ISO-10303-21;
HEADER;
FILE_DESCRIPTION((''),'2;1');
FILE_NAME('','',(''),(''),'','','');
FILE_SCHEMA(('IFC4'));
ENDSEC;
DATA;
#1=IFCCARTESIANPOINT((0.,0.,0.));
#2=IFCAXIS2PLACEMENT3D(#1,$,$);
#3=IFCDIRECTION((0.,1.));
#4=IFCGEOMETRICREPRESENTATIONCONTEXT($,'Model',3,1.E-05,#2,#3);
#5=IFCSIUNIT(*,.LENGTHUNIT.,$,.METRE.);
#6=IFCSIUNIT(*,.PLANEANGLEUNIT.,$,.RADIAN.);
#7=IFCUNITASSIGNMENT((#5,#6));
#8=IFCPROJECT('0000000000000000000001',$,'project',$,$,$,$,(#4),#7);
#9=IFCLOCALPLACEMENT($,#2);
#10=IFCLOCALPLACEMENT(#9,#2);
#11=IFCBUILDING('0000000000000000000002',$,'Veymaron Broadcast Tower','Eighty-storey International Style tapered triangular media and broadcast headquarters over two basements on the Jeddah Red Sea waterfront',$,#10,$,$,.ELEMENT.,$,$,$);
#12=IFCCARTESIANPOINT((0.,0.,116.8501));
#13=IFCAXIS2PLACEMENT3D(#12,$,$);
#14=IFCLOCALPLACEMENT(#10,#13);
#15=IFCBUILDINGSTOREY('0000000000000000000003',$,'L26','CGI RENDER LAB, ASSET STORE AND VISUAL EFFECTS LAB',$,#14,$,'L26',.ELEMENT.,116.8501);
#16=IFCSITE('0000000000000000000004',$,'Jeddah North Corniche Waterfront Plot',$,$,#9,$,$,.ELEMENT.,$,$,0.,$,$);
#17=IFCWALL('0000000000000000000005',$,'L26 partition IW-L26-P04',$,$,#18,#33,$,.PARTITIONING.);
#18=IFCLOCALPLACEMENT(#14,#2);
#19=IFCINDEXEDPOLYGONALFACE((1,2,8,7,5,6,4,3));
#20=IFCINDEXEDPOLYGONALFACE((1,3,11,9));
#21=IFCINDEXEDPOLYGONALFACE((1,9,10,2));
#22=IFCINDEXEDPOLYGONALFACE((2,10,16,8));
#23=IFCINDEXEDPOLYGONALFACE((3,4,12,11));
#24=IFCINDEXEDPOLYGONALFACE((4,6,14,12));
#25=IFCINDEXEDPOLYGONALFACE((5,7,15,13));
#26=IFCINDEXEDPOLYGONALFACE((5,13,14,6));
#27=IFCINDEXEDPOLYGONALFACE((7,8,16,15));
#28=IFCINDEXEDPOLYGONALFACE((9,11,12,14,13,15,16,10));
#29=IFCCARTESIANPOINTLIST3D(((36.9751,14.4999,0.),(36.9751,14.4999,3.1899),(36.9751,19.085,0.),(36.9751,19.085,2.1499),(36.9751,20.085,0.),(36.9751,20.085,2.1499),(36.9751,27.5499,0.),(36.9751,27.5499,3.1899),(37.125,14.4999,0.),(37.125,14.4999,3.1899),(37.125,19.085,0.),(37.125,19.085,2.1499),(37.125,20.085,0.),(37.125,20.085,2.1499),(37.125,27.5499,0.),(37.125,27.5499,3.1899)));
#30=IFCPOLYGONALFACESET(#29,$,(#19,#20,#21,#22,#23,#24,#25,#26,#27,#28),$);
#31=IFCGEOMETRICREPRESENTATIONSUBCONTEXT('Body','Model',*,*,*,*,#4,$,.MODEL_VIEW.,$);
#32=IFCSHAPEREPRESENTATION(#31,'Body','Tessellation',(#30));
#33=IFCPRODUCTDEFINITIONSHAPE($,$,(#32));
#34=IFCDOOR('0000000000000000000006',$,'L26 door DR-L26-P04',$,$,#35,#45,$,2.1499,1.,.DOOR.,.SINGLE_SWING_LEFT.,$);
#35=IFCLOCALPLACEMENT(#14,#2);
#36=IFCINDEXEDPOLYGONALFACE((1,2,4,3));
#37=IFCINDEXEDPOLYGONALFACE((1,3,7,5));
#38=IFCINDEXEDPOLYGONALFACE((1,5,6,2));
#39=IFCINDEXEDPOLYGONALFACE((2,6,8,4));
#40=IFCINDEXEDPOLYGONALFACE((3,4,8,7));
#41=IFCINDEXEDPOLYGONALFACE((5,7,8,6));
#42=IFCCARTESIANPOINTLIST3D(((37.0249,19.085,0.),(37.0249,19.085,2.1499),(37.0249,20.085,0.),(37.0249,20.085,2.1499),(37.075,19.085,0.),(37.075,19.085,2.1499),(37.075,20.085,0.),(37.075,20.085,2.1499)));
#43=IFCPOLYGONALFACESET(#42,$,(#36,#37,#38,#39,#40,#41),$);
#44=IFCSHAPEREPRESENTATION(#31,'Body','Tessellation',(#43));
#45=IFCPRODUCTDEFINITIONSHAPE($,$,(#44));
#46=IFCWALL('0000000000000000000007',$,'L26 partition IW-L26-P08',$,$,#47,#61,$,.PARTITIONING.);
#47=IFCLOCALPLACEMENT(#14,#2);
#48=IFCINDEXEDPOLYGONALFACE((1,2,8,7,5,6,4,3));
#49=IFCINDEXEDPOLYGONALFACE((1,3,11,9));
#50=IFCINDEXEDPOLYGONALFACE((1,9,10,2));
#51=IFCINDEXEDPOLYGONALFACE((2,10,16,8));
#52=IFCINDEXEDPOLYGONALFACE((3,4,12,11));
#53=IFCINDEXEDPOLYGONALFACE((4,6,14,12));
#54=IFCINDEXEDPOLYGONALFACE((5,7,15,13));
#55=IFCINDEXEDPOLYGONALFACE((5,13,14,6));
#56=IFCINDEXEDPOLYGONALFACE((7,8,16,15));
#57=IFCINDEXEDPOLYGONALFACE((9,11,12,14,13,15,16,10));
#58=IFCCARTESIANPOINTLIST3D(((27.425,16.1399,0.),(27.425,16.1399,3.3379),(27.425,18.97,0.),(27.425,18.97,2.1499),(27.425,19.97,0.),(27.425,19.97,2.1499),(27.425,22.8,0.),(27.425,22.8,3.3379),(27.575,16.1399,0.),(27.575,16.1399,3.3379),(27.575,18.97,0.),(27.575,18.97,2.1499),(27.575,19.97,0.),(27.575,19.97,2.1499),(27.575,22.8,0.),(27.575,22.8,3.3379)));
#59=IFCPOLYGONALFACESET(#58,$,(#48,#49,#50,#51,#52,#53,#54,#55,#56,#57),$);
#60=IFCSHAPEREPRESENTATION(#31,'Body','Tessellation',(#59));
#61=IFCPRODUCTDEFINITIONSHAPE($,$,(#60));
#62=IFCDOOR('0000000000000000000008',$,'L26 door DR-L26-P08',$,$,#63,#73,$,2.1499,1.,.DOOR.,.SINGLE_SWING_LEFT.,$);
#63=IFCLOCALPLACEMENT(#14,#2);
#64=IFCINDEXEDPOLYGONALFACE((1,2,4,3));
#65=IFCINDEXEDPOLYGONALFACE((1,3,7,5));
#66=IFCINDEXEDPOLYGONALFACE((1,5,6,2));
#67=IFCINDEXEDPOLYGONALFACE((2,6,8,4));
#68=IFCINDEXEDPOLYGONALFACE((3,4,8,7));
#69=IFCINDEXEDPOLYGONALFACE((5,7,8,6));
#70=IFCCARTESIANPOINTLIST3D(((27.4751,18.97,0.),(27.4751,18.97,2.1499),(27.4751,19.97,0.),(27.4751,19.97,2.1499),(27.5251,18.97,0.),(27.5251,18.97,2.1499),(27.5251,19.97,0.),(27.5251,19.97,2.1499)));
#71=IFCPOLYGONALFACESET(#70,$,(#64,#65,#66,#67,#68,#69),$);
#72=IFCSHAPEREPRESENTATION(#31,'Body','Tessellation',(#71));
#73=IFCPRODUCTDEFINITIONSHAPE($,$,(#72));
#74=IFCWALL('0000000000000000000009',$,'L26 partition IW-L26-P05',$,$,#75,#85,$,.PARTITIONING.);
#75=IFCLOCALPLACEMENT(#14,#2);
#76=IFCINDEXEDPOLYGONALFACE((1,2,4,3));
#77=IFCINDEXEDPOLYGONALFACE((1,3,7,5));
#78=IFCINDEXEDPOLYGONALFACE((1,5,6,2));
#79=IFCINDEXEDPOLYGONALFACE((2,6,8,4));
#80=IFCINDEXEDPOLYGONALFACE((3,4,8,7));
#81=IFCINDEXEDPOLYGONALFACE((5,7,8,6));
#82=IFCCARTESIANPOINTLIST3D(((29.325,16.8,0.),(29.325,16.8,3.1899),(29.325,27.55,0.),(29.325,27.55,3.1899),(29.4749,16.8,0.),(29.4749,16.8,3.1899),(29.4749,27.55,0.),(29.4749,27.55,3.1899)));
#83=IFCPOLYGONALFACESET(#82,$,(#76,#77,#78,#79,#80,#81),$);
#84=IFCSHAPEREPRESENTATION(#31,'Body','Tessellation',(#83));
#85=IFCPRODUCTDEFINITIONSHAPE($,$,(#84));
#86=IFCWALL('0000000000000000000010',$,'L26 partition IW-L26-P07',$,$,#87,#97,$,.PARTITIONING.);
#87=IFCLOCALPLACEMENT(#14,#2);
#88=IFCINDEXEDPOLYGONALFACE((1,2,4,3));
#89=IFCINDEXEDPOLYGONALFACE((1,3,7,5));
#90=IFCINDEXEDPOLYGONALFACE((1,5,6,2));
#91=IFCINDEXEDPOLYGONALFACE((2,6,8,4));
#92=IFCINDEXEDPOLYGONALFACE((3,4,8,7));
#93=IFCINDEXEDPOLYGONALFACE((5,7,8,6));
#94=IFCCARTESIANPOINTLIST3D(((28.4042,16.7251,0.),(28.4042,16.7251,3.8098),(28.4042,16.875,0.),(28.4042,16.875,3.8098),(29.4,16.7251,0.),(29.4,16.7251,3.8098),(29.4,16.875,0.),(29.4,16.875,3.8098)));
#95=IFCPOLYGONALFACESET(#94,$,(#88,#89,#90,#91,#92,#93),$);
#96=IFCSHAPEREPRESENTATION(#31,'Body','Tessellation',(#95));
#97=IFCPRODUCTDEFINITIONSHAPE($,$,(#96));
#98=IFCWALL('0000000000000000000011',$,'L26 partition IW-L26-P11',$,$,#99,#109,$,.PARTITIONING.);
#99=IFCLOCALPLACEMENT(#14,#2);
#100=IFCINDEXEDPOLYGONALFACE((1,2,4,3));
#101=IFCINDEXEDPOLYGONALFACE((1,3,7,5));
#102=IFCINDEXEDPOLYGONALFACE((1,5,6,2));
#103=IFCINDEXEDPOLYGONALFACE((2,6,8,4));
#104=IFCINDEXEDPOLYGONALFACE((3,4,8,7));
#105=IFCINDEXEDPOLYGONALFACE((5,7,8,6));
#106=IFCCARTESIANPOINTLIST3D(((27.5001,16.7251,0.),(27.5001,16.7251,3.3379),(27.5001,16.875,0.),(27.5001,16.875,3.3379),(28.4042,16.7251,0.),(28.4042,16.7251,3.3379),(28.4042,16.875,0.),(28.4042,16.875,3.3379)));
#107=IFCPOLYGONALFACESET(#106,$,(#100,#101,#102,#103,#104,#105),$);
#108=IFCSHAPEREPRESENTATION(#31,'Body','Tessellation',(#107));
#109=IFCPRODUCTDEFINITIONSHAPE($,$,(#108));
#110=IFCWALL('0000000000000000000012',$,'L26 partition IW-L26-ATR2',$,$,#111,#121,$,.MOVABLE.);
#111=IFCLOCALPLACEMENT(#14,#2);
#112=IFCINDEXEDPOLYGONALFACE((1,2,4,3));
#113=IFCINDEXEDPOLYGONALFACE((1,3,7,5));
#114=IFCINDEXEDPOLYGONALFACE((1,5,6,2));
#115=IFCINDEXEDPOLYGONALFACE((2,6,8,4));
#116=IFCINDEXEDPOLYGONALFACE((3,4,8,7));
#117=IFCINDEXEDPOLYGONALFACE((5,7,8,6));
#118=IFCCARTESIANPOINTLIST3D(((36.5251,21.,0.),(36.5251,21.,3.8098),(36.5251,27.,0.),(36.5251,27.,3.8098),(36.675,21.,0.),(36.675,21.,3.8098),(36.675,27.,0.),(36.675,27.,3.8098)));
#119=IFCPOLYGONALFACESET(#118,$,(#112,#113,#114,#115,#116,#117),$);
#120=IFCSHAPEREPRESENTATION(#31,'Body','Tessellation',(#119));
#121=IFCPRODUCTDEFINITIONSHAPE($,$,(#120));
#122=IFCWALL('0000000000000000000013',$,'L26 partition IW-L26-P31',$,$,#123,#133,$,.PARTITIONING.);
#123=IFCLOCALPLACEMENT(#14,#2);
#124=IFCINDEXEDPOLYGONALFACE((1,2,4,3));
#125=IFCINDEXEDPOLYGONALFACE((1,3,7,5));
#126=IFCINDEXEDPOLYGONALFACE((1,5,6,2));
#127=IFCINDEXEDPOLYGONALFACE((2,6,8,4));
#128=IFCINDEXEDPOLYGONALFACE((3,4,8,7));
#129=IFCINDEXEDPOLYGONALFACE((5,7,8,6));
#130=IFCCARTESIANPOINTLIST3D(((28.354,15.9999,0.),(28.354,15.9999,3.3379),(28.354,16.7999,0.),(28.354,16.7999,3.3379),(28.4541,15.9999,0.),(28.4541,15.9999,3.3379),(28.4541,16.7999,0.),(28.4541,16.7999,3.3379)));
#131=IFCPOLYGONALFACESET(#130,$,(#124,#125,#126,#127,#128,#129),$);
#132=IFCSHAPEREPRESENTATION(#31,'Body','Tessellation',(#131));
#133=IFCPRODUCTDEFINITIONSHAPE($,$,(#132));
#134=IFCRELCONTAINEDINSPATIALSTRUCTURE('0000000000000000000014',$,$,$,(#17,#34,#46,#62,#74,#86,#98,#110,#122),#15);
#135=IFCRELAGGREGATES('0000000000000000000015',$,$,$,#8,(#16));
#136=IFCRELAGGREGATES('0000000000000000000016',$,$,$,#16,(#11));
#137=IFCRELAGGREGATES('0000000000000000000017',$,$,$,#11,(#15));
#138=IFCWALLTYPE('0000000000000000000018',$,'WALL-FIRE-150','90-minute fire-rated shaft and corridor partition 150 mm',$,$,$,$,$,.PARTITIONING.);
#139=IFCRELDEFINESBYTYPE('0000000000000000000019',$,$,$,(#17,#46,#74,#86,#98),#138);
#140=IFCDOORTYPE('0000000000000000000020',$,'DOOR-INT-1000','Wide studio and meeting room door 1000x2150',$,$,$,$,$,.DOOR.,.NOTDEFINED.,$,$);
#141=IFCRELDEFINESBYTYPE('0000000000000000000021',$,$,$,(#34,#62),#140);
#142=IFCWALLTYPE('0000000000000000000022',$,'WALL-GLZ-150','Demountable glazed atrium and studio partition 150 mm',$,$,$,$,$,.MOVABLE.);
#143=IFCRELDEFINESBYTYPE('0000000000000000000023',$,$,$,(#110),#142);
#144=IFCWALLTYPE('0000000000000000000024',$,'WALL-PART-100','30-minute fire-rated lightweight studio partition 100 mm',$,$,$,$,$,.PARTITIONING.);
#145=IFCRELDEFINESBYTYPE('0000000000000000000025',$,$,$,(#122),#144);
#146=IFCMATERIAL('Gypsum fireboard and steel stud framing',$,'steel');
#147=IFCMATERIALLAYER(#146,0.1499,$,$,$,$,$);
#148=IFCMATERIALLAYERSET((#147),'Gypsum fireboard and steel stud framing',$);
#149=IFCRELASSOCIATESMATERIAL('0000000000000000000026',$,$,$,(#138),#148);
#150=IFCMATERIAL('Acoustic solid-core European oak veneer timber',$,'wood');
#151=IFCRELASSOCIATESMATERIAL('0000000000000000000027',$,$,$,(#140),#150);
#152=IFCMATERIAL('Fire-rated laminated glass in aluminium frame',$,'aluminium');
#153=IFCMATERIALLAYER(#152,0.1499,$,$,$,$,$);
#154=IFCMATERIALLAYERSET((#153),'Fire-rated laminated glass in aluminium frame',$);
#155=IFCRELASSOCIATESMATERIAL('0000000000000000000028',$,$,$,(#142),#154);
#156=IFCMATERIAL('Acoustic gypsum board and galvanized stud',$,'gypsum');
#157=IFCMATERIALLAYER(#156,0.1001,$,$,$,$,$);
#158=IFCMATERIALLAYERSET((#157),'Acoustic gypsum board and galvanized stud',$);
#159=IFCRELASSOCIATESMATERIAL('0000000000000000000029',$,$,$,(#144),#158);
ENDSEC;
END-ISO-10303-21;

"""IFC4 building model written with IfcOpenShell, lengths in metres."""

from ifc_helpers import new_model, si_unit, direction, frame, frame_2d, origin, place, context, subcontext, project, spatial, rectangle, extrude, material, layer, layer_set, type_object, element, fill, save


model = new_model("IFC4")

# Units and contexts
model_context = context("Model", 3, precision=1e-05, world=origin(), true_north=direction((0.0, 1.0)))
body_context = subcontext(model_context, "Body", "Model", "MODEL_VIEW")
ifc_project = project(units=[si_unit("LENGTHUNIT", "METRE"), si_unit("PLANEANGLEUNIT", "RADIAN")], contexts=[model_context])

# Site, building, storey
site_placement = place(None, origin())
site = spatial("IfcSite", under=ifc_project, at=site_placement, Name="Jeddah North Corniche Waterfront Plot", CompositionType="ELEMENT", RefElevation=0.0)
building_placement = place(site_placement, origin())
building = spatial("IfcBuilding", under=site, at=building_placement, Name="Veymaron Broadcast Tower", Description="Eighty-storey International Style tapered triangular media and broadcast headquarters over two basements on the Jeddah Red Sea waterfront", CompositionType="ELEMENT")
storey_placement = place(building_placement, frame((0.0, 0.0, 116.8501)))
storey = spatial("IfcBuildingStorey", under=building, at=storey_placement, Name="L26", Description="CGI RENDER LAB, ASSET STORE AND VISUAL EFFECTS LAB", LongName="L26", CompositionType="ELEMENT", Elevation=116.8501)

# Walls, openings, doors
ifc_material_1 = material(Name="Gypsum fireboard and steel stud framing", Category="steel")
ifc_layer_1 = layer(ifc_material_1, 0.1499)
ifc_layer_set_1 = layer_set([ifc_layer_1], Name="Gypsum fireboard and steel stud framing")
wall_type_1 = type_object("IfcWallType", Name="WALL-FIRE-150", Description="90-minute fire-rated shaft and corridor partition 150 mm", PredefinedType="PARTITIONING", material=ifc_layer_set_1)
ifc_material_2 = material(Name="Acoustic solid-core European oak veneer timber", Category="wood")
wall_1_placement = place(storey_placement, frame((37.05, 14.5, 0.0), z_axis=(0.0, 0.0, 1.0), x_axis=(0.0, 1.0, 0.0)))
wall_1 = element("IfcWall", 1, at=wall_1_placement, inside=storey, type_object=wall_type_1, Name="L26 partition IW-L26-P04", PredefinedType="PARTITIONING", context=body_context, shape_type="SweptSolid", body=[
    extrude(rectangle(XDim=13.05, YDim=0.1499, at=frame_2d((6.5249, 0.0))), origin(), (0.0, 0.0, 1.0), 3.1899),
])
opening_1_placement = place(wall_1_placement, frame((4.585, 0.0, 0.0)))
opening_1 = element("IfcOpeningElement", 2, at=opening_1_placement, cuts=wall_1, PredefinedType="OPENING", context=body_context, shape_type="SweptSolid", body=[
    extrude(rectangle(XDim=1.0, YDim=2.1499, at=frame_2d((0.5, 1.075))), frame((0.0, 0.085, 0.0), z_axis=(0.0, -1.0, 0.0), x_axis=(1.0, 0.0, 0.0)), (0.0, 0.0, 1.0), 0.1699),
])
door_type_1 = type_object("IfcDoorType", Name="DOOR-INT-1000", Description="Wide studio and meeting room door 1000x2150", OperationType="NOTDEFINED", PredefinedType="DOOR", material=ifc_material_2)
door_1_placement = place(opening_1_placement, frame((1.0, 0.0, 0.0), z_axis=(0.0, 0.0, 1.0), x_axis=(-1.0, 0.0, 0.0)))
door_1 = element("IfcDoor", 3, at=door_1_placement, inside=storey, type_object=door_type_1, Name="L26 door DR-L26-P04", OperationType="SINGLE_SWING_LEFT", OverallHeight=2.1499, OverallWidth=1.0, PredefinedType="DOOR", context=body_context, shape_type="SweptSolid", body=[
    extrude(rectangle(XDim=1.0, YDim=2.1499, at=frame_2d((0.5, 1.075))), frame((0.0, 0.0249, 0.0), z_axis=(0.0, -1.0, 0.0), x_axis=(1.0, 0.0, 0.0)), (0.0, 0.0, 1.0), 0.05),
])
fill(opening_1, door_1)
wall_2_placement = place(storey_placement, frame((27.5, 16.1399, 0.0), z_axis=(0.0, 0.0, 1.0), x_axis=(0.0, 1.0, 0.0)))
wall_2 = element("IfcWall", 4, at=wall_2_placement, inside=storey, type_object=wall_type_1, Name="L26 partition IW-L26-P08", PredefinedType="PARTITIONING", context=body_context, shape_type="SweptSolid", body=[
    extrude(rectangle(XDim=6.6602, YDim=0.1499, at=frame_2d((3.3301, 0.0))), origin(), (0.0, 0.0, 1.0), 3.3379),
])
opening_2_placement = place(wall_2_placement, frame((2.8301, 0.0, 0.0)))
opening_2 = element("IfcOpeningElement", 5, at=opening_2_placement, cuts=wall_2, PredefinedType="OPENING", context=body_context, shape_type="SweptSolid", body=[
    extrude(rectangle(XDim=1.0, YDim=2.1499, at=frame_2d((0.5, 1.075))), frame((0.0, 0.085, 0.0), z_axis=(0.0, -1.0, 0.0), x_axis=(1.0, 0.0, 0.0)), (0.0, 0.0, 1.0), 0.1699),
])
door_2_placement = place(opening_2_placement, origin())
door_2 = element("IfcDoor", 6, at=door_2_placement, inside=storey, type_object=door_type_1, Name="L26 door DR-L26-P08", OperationType="SINGLE_SWING_LEFT", OverallHeight=2.1499, OverallWidth=1.0, PredefinedType="DOOR", context=body_context, shape_type="SweptSolid", body=[
    extrude(rectangle(XDim=1.0, YDim=2.1499, at=frame_2d((0.5, 1.075))), frame((0.0, 0.0249, 0.0), z_axis=(0.0, -1.0, 0.0), x_axis=(1.0, 0.0, 0.0)), (0.0, 0.0, 1.0), 0.05),
])
fill(opening_2, door_2)

# Walls
wall_3_placement = place(storey_placement, frame((29.3999, 16.8, 0.0), z_axis=(0.0, 0.0, 1.0), x_axis=(0.0, 1.0, 0.0)))
element("IfcWall", 7, at=wall_3_placement, inside=storey, type_object=wall_type_1, Name="L26 partition IW-L26-P05", PredefinedType="PARTITIONING", context=body_context, shape_type="SweptSolid", body=[
    extrude(rectangle(XDim=10.75, YDim=0.1499, at=frame_2d((5.375, 0.0))), origin(), (0.0, 0.0, 1.0), 3.1899),
])
wall_4_placement = place(storey_placement, frame((28.4041, 16.8, 0.0), z_axis=(0.0, 0.0, 1.0), x_axis=(1.0, 0.0, 0.0)))
element("IfcWall", 8, at=wall_4_placement, inside=storey, type_object=wall_type_1, Name="L26 partition IW-L26-P07", PredefinedType="PARTITIONING", context=body_context, shape_type="SweptSolid", body=[
    extrude(rectangle(XDim=0.9958, YDim=0.1499, at=frame_2d((0.498, 0.0))), origin(), (0.0, 0.0, 1.0), 3.8098),
])
wall_5_placement = place(storey_placement, frame((27.5, 16.8, 0.0), z_axis=(0.0, 0.0, 1.0), x_axis=(1.0, 0.0, 0.0)))
element("IfcWall", 9, at=wall_5_placement, inside=storey, type_object=wall_type_1, Name="L26 partition IW-L26-P11", PredefinedType="PARTITIONING", context=body_context, shape_type="SweptSolid", body=[
    extrude(rectangle(XDim=0.9041, YDim=0.1499, at=frame_2d((0.4521, 0.0))), origin(), (0.0, 0.0, 1.0), 3.3379),
])
ifc_material_3 = material(Name="Fire-rated laminated glass in aluminium frame", Category="aluminium")
ifc_layer_2 = layer(ifc_material_3, 0.1499)
ifc_layer_set_2 = layer_set([ifc_layer_2], Name="Fire-rated laminated glass in aluminium frame")
wall_type_2 = type_object("IfcWallType", Name="WALL-GLZ-150", Description="Demountable glazed atrium and studio partition 150 mm", PredefinedType="MOVABLE", material=ifc_layer_set_2)
wall_6_placement = place(storey_placement, frame((36.6001, 21.0, 0.0), z_axis=(0.0, 0.0, 1.0), x_axis=(0.0, 1.0, 0.0)))
element("IfcWall", 10, at=wall_6_placement, inside=storey, type_object=wall_type_2, Name="L26 partition IW-L26-ATR2", PredefinedType="MOVABLE", context=body_context, shape_type="SweptSolid", body=[
    extrude(rectangle(XDim=6.0, YDim=0.1499, at=frame_2d((3.0, 0.0))), origin(), (0.0, 0.0, 1.0), 3.8098),
])
ifc_material_4 = material(Name="Acoustic gypsum board and galvanized stud", Category="gypsum")
ifc_layer_3 = layer(ifc_material_4, 0.1001)
ifc_layer_set_3 = layer_set([ifc_layer_3], Name="Acoustic gypsum board and galvanized stud")
wall_type_3 = type_object("IfcWallType", Name="WALL-PART-100", Description="30-minute fire-rated lightweight studio partition 100 mm", PredefinedType="PARTITIONING", material=ifc_layer_set_3)
wall_7_placement = place(storey_placement, frame((28.4041, 16.0, 0.0), z_axis=(0.0, 0.0, 1.0), x_axis=(0.0, 1.0, 0.0)))
element("IfcWall", 11, at=wall_7_placement, inside=storey, type_object=wall_type_3, Name="L26 partition IW-L26-P31", PredefinedType="PARTITIONING", context=body_context, shape_type="SweptSolid", body=[
    extrude(rectangle(XDim=0.8, YDim=0.1001, at=frame_2d((0.3999, 0.0))), origin(), (0.0, 0.0, 1.0), 3.3379),
])

save(model, "model.ifc")
